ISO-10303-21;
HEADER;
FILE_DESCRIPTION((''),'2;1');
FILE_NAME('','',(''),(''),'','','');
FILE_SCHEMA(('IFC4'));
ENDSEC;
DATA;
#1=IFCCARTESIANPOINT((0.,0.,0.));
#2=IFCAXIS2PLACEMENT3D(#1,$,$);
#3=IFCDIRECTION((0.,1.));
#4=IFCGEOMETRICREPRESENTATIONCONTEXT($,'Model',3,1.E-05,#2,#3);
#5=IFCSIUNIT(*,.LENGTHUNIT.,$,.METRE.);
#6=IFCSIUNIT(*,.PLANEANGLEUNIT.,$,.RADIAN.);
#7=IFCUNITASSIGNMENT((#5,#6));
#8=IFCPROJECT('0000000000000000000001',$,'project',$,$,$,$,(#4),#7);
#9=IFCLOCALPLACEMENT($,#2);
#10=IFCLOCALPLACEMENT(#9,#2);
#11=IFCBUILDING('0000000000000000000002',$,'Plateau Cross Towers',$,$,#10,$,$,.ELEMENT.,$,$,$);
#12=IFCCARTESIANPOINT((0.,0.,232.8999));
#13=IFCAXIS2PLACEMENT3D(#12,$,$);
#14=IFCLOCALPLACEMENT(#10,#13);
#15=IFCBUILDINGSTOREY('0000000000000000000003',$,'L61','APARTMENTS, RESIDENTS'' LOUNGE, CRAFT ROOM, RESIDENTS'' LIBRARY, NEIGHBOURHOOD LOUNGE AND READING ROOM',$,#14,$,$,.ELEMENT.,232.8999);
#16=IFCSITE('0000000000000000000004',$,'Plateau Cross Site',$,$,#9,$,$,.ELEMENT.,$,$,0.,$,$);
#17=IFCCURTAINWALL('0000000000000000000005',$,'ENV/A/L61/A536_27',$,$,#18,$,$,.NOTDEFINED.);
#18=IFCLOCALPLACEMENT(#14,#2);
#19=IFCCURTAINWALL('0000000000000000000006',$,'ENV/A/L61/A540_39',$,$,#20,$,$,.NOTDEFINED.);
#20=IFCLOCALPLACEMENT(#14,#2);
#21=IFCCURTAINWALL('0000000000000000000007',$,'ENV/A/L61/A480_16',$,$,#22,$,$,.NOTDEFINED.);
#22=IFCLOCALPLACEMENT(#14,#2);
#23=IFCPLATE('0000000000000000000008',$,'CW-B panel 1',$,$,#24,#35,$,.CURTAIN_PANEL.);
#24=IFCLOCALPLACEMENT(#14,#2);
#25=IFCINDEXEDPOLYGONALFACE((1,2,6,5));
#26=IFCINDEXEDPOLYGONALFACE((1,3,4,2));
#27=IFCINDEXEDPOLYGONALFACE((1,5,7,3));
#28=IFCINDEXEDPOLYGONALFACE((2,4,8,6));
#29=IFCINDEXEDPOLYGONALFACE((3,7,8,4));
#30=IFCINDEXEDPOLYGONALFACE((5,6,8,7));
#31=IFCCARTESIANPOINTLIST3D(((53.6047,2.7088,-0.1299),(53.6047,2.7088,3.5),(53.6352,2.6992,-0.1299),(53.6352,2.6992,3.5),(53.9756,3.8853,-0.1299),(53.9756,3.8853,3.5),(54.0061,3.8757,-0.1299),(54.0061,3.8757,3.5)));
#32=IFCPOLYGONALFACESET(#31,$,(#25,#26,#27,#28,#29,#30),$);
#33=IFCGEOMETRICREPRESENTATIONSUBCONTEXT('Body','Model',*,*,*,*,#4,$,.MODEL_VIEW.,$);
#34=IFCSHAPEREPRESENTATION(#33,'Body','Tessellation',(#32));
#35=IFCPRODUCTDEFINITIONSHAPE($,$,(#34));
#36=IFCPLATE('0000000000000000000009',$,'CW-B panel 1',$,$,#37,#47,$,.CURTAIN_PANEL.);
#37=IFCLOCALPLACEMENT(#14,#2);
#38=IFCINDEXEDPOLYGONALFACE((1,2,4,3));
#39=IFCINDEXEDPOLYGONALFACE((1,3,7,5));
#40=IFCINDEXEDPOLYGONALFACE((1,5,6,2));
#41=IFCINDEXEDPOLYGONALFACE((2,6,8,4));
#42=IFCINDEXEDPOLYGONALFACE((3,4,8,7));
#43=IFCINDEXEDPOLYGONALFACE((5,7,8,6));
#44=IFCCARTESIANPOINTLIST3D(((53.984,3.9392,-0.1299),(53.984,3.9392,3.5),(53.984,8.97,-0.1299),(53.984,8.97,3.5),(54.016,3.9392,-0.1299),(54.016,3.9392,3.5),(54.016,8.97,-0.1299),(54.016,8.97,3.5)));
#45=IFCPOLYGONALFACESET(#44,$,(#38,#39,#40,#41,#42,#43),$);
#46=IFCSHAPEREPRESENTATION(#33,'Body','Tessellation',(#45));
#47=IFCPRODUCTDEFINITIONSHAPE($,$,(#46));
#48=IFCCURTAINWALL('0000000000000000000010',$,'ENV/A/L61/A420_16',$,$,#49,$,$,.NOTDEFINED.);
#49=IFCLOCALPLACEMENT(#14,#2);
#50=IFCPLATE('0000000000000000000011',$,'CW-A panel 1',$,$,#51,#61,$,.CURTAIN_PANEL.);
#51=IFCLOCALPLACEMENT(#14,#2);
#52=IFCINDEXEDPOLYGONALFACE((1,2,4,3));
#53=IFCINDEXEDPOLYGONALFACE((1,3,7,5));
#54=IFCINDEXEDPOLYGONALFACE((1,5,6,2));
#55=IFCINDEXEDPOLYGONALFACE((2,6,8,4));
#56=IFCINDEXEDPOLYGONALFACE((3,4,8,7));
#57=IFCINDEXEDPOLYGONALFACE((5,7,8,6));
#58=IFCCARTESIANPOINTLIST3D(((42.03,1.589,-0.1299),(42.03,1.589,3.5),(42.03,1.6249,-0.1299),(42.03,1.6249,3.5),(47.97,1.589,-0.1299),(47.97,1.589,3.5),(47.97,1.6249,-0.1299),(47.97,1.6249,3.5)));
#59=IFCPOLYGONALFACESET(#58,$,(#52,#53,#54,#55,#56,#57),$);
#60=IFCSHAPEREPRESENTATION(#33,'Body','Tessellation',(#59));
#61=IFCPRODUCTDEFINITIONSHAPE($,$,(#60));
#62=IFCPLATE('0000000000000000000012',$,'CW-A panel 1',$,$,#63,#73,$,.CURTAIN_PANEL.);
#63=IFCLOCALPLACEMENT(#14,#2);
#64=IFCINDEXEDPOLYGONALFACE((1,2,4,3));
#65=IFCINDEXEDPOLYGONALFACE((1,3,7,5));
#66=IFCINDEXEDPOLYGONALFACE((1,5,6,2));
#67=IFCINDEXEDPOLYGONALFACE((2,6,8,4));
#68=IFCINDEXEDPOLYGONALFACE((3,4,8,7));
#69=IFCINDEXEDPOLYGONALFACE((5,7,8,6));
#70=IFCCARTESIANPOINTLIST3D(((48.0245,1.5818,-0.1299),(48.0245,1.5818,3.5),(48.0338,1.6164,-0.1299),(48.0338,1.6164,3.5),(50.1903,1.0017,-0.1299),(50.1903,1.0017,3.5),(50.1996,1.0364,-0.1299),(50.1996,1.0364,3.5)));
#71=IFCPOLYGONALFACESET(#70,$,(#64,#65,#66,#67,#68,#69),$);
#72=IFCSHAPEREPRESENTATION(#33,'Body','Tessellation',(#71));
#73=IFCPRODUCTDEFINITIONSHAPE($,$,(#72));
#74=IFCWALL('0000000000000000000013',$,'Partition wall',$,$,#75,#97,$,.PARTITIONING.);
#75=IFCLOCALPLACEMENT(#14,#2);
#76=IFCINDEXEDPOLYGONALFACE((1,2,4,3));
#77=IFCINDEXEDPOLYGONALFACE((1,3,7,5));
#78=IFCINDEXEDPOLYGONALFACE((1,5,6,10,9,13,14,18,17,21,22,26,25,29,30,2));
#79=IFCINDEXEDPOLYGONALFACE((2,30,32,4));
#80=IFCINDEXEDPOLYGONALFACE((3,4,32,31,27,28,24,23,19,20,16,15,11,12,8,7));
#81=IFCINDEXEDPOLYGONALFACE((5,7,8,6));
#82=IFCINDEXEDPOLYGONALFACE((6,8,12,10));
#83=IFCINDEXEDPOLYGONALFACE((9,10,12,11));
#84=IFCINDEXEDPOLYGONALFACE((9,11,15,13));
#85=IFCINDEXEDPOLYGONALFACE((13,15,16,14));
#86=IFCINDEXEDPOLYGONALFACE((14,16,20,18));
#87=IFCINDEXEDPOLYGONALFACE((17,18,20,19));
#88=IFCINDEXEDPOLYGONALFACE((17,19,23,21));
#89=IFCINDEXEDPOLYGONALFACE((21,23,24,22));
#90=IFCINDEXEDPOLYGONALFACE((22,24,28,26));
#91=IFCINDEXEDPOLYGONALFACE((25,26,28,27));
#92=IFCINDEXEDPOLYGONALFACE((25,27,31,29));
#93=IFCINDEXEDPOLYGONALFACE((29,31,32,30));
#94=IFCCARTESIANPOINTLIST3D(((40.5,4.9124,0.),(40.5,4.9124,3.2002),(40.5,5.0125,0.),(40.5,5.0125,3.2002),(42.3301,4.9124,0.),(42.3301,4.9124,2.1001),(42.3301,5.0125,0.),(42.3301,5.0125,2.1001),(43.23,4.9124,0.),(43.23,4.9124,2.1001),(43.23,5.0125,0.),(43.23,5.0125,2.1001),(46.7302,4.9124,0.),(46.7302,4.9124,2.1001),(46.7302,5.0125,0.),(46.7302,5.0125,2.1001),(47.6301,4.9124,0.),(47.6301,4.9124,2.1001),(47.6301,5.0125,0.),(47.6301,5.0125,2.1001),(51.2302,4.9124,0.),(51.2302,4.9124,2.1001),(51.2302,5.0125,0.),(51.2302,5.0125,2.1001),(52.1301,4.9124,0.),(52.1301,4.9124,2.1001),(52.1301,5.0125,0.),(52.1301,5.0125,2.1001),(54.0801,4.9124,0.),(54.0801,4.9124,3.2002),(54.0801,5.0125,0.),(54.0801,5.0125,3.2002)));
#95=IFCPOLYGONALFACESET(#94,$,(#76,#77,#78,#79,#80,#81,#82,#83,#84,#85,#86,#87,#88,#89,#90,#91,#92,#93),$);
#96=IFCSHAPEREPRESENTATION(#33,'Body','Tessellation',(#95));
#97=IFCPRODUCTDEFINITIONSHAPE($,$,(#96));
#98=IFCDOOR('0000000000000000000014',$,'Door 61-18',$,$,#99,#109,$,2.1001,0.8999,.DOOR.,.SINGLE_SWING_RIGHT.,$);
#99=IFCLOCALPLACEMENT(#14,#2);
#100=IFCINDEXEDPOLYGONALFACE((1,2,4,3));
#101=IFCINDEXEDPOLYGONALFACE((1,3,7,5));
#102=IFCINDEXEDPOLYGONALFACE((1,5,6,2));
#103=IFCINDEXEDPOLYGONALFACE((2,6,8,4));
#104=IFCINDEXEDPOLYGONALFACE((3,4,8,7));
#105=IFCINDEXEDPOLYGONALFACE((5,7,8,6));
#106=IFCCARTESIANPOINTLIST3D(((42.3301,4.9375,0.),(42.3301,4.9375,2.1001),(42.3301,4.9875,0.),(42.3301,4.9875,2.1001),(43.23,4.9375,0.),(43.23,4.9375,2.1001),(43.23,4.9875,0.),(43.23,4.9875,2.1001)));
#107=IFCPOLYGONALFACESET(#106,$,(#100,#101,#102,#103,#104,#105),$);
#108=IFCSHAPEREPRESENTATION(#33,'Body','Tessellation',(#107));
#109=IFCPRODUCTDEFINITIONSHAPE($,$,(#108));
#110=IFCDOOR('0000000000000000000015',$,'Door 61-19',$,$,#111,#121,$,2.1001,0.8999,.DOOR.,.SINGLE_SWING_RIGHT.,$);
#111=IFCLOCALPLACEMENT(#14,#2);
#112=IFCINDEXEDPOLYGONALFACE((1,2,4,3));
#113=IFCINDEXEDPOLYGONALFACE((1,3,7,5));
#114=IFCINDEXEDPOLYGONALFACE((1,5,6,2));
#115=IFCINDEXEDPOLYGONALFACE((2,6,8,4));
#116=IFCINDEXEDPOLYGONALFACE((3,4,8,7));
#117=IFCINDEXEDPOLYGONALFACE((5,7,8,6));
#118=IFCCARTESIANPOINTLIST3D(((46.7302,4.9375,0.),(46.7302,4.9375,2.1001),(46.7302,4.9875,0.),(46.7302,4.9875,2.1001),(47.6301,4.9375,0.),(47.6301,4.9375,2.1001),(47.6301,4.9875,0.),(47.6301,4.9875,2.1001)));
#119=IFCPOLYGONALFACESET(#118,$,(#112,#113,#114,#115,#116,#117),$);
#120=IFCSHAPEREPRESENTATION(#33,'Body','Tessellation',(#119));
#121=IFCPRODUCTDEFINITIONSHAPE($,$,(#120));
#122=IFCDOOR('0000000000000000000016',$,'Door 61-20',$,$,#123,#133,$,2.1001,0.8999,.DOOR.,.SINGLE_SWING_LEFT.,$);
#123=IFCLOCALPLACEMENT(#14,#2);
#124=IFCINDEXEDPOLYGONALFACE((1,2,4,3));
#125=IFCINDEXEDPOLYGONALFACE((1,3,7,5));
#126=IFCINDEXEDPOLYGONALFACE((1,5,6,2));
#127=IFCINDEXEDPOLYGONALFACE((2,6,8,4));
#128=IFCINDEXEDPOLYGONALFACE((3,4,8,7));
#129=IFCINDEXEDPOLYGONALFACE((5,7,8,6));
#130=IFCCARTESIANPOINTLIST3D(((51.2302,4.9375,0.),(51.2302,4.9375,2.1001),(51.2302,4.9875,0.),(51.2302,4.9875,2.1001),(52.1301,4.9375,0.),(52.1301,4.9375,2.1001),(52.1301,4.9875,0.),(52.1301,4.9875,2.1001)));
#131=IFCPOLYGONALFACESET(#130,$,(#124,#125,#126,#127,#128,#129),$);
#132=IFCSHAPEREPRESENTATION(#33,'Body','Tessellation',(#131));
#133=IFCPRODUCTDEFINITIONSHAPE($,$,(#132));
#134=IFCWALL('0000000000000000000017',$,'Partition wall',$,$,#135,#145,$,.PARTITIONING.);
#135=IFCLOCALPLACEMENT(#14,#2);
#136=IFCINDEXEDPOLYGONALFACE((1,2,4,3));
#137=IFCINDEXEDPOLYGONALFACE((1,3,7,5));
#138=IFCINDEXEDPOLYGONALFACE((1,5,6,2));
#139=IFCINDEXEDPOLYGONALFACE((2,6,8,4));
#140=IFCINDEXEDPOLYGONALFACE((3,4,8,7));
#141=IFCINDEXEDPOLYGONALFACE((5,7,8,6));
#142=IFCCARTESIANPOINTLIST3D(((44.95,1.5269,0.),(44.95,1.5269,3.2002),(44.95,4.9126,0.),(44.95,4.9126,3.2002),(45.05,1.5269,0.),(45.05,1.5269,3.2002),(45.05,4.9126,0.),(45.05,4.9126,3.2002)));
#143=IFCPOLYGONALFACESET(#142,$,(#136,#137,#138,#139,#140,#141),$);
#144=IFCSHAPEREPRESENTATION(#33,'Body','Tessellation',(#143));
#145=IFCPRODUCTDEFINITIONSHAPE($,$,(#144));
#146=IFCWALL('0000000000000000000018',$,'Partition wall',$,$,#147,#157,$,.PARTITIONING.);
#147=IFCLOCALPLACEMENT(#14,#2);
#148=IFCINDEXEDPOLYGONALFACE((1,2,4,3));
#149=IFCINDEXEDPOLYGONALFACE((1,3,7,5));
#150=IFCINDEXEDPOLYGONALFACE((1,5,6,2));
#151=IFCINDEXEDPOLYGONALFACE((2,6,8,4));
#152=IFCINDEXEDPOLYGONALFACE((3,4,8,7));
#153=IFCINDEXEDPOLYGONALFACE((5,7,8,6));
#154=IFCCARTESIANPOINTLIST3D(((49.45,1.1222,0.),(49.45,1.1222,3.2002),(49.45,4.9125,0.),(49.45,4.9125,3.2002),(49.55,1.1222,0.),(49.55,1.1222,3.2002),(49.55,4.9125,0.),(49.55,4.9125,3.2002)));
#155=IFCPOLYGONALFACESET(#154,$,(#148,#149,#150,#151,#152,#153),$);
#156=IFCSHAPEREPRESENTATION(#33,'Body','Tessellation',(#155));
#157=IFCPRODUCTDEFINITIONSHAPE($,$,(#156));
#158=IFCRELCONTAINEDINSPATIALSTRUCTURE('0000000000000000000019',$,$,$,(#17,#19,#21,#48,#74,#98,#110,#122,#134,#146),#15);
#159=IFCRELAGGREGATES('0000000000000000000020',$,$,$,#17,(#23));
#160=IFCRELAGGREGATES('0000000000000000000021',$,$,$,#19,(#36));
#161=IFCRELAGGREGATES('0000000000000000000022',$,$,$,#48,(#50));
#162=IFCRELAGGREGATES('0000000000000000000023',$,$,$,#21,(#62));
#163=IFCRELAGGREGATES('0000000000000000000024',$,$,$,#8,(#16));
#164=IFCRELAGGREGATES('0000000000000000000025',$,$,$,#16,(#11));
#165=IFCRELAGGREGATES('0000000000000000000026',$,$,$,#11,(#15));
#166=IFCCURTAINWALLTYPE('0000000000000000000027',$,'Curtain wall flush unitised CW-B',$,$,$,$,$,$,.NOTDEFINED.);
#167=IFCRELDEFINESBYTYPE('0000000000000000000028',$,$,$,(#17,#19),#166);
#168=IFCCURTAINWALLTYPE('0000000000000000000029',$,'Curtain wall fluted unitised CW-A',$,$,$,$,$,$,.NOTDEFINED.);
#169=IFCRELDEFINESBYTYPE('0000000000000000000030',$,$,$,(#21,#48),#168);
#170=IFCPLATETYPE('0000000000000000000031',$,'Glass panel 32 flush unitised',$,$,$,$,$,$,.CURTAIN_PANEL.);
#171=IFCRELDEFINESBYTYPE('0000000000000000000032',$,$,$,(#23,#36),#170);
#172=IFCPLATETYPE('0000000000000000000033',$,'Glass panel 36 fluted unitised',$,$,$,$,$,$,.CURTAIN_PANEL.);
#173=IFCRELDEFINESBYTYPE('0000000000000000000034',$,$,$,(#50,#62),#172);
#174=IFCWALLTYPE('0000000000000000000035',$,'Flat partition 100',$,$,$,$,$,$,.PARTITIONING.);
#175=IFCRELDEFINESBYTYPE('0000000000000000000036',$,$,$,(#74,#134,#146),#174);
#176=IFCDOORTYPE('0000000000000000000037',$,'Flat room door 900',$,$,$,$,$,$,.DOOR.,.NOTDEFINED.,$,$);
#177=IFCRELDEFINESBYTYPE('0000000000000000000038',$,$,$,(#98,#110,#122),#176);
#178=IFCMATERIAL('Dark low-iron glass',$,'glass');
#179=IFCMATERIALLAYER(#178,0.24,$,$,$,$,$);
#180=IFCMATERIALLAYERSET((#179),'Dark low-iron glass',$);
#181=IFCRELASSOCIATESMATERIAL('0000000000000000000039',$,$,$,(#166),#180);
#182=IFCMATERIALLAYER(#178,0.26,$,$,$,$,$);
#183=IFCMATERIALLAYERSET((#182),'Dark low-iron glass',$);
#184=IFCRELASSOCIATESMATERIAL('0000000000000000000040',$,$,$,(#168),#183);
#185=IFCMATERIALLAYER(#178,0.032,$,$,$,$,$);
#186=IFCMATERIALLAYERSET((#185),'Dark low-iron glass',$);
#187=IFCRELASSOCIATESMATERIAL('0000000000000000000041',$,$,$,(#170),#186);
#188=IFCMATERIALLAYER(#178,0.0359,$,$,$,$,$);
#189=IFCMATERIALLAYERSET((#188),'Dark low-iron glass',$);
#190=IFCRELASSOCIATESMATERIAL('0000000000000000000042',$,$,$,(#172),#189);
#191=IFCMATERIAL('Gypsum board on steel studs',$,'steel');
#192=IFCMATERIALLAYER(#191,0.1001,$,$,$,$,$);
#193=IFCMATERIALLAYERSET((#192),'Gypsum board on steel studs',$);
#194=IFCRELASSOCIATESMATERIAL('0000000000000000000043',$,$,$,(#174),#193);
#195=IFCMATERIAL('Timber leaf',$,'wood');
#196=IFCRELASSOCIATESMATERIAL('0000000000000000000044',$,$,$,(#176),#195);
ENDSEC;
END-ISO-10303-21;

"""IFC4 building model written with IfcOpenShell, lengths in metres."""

from ifc_helpers import new_model, si_unit, direction, frame, frame_2d, origin, origin_2d, place, context, subcontext, project, spatial, rectangle, extrude, material, layer, layer_set, type_object, element, fill, aggregate, save


model = new_model("IFC4")

# Units and contexts
model_context = context("Model", 3, precision=1e-05, world=origin(), true_north=direction((0.0, 1.0)))
body_context = subcontext(model_context, "Body", "Model", "MODEL_VIEW")
ifc_project = project(units=[si_unit("LENGTHUNIT", "METRE"), si_unit("PLANEANGLEUNIT", "RADIAN")], contexts=[model_context])

# Site, building, storey
site_placement = place(None, origin())
site = spatial("IfcSite", under=ifc_project, at=site_placement, Name="Plateau Cross Site", CompositionType="ELEMENT", RefElevation=0.0)
building_placement = place(site_placement, origin())
building = spatial("IfcBuilding", under=site, at=building_placement, Name="Plateau Cross Towers", CompositionType="ELEMENT")
storey_placement = place(building_placement, frame((0.0, 0.0, 232.8999)))
storey = spatial("IfcBuildingStorey", under=building, at=storey_placement, Name="L61", Description="APARTMENTS, RESIDENTS' LOUNGE, CRAFT ROOM, RESIDENTS' LIBRARY, NEIGHBOURHOOD LOUNGE AND READING ROOM", CompositionType="ELEMENT", Elevation=232.8999)

# Shared definitions
ifc_material_1 = material(Name="Dark low-iron glass", Category="glass")
ifc_layer_1 = layer(ifc_material_1, 0.24)
ifc_layer_set_1 = layer_set([ifc_layer_1], Name="Dark low-iron glass")
curtain_wall_type_1 = type_object("IfcCurtainWallType", Name="Curtain wall flush unitised CW-B", PredefinedType="NOTDEFINED", material=ifc_layer_set_1)

# Curtain walls
curtain_wall_1_placement = place(storey_placement, origin())
curtain_wall_1 = element("IfcCurtainWall", 1, at=curtain_wall_1_placement, inside=storey, type_object=curtain_wall_type_1, Name="ENV/A/L61/A536_27", PredefinedType="NOTDEFINED")
curtain_wall_2_placement = place(storey_placement, origin())
curtain_wall_2 = element("IfcCurtainWall", 2, at=curtain_wall_2_placement, inside=storey, type_object=curtain_wall_type_1, Name="ENV/A/L61/A540_39", PredefinedType="NOTDEFINED")
ifc_layer_2 = layer(ifc_material_1, 0.26)
ifc_layer_set_2 = layer_set([ifc_layer_2], Name="Dark low-iron glass")
curtain_wall_type_2 = type_object("IfcCurtainWallType", Name="Curtain wall fluted unitised CW-A", PredefinedType="NOTDEFINED", material=ifc_layer_set_2)
curtain_wall_3_placement = place(storey_placement, origin())
curtain_wall_3 = element("IfcCurtainWall", 3, at=curtain_wall_3_placement, inside=storey, type_object=curtain_wall_type_2, Name="ENV/A/L61/A480_16", PredefinedType="NOTDEFINED")

# Plates
ifc_layer_3 = layer(ifc_material_1, 0.032)
ifc_layer_set_3 = layer_set([ifc_layer_3], Name="Dark low-iron glass")
plate_type_1 = type_object("IfcPlateType", Name="Glass panel 32 flush unitised", PredefinedType="CURTAIN_PANEL", material=ifc_layer_set_3)
plate_1_placement = place(storey_placement, frame((53.8054, 3.2922, -0.1299), z_axis=(0.0, 0.0, 1.0), x_axis=(0.300686, 0.953723, 0.0)))
plate_1 = element("IfcPlate", 4, at=plate_1_placement, type_object=plate_type_1, Name="CW-B panel 1", PredefinedType="CURTAIN_PANEL", context=body_context, shape_type="SweptSolid", body=[
    extrude(rectangle(XDim=1.2336, YDim=0.032, at=origin_2d()), origin(), (0.0, 0.0, 1.0), 3.6299),
])
aggregate(curtain_wall_1, [plate_1])
plate_2_placement = place(storey_placement, frame((54.0, 6.4546, -0.1299), z_axis=(0.0, 0.0, 1.0), x_axis=(0.0, 1.0, 0.0)))
plate_2 = element("IfcPlate", 5, at=plate_2_placement, type_object=plate_type_1, Name="CW-B panel 1", PredefinedType="CURTAIN_PANEL", context=body_context, shape_type="SweptSolid", body=[
    extrude(rectangle(XDim=5.0308, YDim=0.032, at=origin_2d()), origin(), (0.0, 0.0, 1.0), 3.6299),
])
aggregate(curtain_wall_2, [plate_2])

# Curtain wall, plate
curtain_wall_4_placement = place(storey_placement, origin())
curtain_wall_4 = element("IfcCurtainWall", 6, at=curtain_wall_4_placement, inside=storey, type_object=curtain_wall_type_2, Name="ENV/A/L61/A420_16", PredefinedType="NOTDEFINED")
ifc_layer_4 = layer(ifc_material_1, 0.0359)
ifc_layer_set_4 = layer_set([ifc_layer_4], Name="Dark low-iron glass")
plate_type_2 = type_object("IfcPlateType", Name="Glass panel 36 fluted unitised", PredefinedType="CURTAIN_PANEL", material=ifc_layer_set_4)
plate_3_placement = place(storey_placement, frame((45.0, 1.6069, -0.1299), z_axis=(0.0, 0.0, 1.0), x_axis=(1.0, 0.0, 0.0)))
plate_3 = element("IfcPlate", 7, at=plate_3_placement, type_object=plate_type_2, Name="CW-A panel 1", PredefinedType="CURTAIN_PANEL", context=body_context, shape_type="SweptSolid", body=[
    extrude(rectangle(XDim=5.9399, YDim=0.0359, at=origin_2d()), origin(), (0.0, 0.0, 1.0), 3.6299),
])
aggregate(curtain_wall_4, [plate_3])

# Plate
plate_4_placement = place(storey_placement, frame((49.1121, 1.3091, -0.1299), z_axis=(0.0, 0.0, 1.0), x_axis=(0.965958, -0.258699, 0.0)))
plate_4 = element("IfcPlate", 8, at=plate_4_placement, type_object=plate_type_2, Name="CW-A panel 1", PredefinedType="CURTAIN_PANEL", context=body_context, shape_type="SweptSolid", body=[
    extrude(rectangle(XDim=2.2422, YDim=0.0359, at=origin_2d()), origin(), (0.0, 0.0, 1.0), 3.6299),
])
aggregate(curtain_wall_3, [plate_4])

# Wall, openings, doors
ifc_material_2 = material(Name="Gypsum board on steel studs", Category="steel")
ifc_layer_5 = layer(ifc_material_2, 0.1001)
ifc_layer_set_5 = layer_set([ifc_layer_5], Name="Gypsum board on steel studs")
wall_type_1 = type_object("IfcWallType", Name="Flat partition 100", PredefinedType="PARTITIONING", material=ifc_layer_set_5)
wall_1_placement = place(storey_placement, frame((54.0801, 4.9624, 0.0), z_axis=(0.0, 0.0, 1.0), x_axis=(-1.0, 0.0, 0.0)))
wall_1 = element("IfcWall", 9, at=wall_1_placement, inside=storey, type_object=wall_type_1, Name="Partition wall", PredefinedType="PARTITIONING", context=body_context, shape_type="SweptSolid", body=[
    extrude(rectangle(XDim=13.5801, YDim=0.1001, at=frame_2d((6.79, 0.0))), origin(), (0.0, 0.0, 1.0), 3.2002),
])
opening_1_placement = place(wall_1_placement, frame((10.8501, 0.0, 0.0)))
opening_1 = element("IfcOpeningElement", 10, at=opening_1_placement, cuts=wall_1, PredefinedType="OPENING", context=body_context, shape_type="SweptSolid", body=[
    extrude(rectangle(XDim=0.8999, YDim=2.1001, at=frame_2d((0.45, 1.05))), frame((0.0, 0.0601, 0.0), z_axis=(0.0, -1.0, 0.0), x_axis=(1.0, 0.0, 0.0)), (0.0, 0.0, 1.0), 0.1201),
])
opening_2_placement = place(wall_1_placement, frame((6.45, 0.0, 0.0)))
opening_2 = element("IfcOpeningElement", 11, at=opening_2_placement, cuts=wall_1, PredefinedType="OPENING", context=body_context, shape_type="SweptSolid", body=[
    extrude(rectangle(XDim=0.8999, YDim=2.1001, at=frame_2d((0.45, 1.05))), frame((0.0, 0.0601, 0.0), z_axis=(0.0, -1.0, 0.0), x_axis=(1.0, 0.0, 0.0)), (0.0, 0.0, 1.0), 0.1201),
])
opening_3_placement = place(wall_1_placement, frame((1.95, 0.0, 0.0)))
opening_3 = element("IfcOpeningElement", 12, at=opening_3_placement, cuts=wall_1, PredefinedType="OPENING", context=body_context, shape_type="SweptSolid", body=[
    extrude(rectangle(XDim=0.8999, YDim=2.1001, at=frame_2d((0.45, 1.05))), frame((0.0, 0.0601, 0.0), z_axis=(0.0, -1.0, 0.0), x_axis=(1.0, 0.0, 0.0)), (0.0, 0.0, 1.0), 0.1201),
])
ifc_material_3 = material(Name="Timber leaf", Category="wood")
door_type_1 = type_object("IfcDoorType", Name="Flat room door 900", OperationType="NOTDEFINED", PredefinedType="DOOR", material=ifc_material_3)
door_1_placement = place(opening_1_placement, origin())
door_1 = element("IfcDoor", 13, at=door_1_placement, inside=storey, type_object=door_type_1, Name="Door 61-18", OperationType="SINGLE_SWING_RIGHT", OverallHeight=2.1001, OverallWidth=0.8999, PredefinedType="DOOR", context=body_context, shape_type="SweptSolid", body=[
    extrude(rectangle(XDim=0.8999, YDim=2.1001, at=frame_2d((0.45, 1.05))), frame((0.0, 0.0249, 0.0), z_axis=(0.0, -1.0, 0.0), x_axis=(1.0, 0.0, 0.0)), (0.0, 0.0, 1.0), 0.05),
])
fill(opening_1, door_1)
door_2_placement = place(opening_2_placement, origin())
door_2 = element("IfcDoor", 14, at=door_2_placement, inside=storey, type_object=door_type_1, Name="Door 61-19", OperationType="SINGLE_SWING_RIGHT", OverallHeight=2.1001, OverallWidth=0.8999, PredefinedType="DOOR", context=body_context, shape_type="SweptSolid", body=[
    extrude(rectangle(XDim=0.8999, YDim=2.1001, at=frame_2d((0.45, 1.05))), frame((0.0, 0.0249, 0.0), z_axis=(0.0, -1.0, 0.0), x_axis=(1.0, 0.0, 0.0)), (0.0, 0.0, 1.0), 0.05),
])
fill(opening_2, door_2)
door_3_placement = place(opening_3_placement, origin())
door_3 = element("IfcDoor", 15, at=door_3_placement, inside=storey, type_object=door_type_1, Name="Door 61-20", OperationType="SINGLE_SWING_LEFT", OverallHeight=2.1001, OverallWidth=0.8999, PredefinedType="DOOR", context=body_context, shape_type="SweptSolid", body=[
    extrude(rectangle(XDim=0.8999, YDim=2.1001, at=frame_2d((0.45, 1.05))), frame((0.0, 0.0249, 0.0), z_axis=(0.0, -1.0, 0.0), x_axis=(1.0, 0.0, 0.0)), (0.0, 0.0, 1.0), 0.05),
])
fill(opening_3, door_3)

# Walls
wall_2_placement = place(storey_placement, frame((45.0, 1.5269, 0.0), z_axis=(0.0, 0.0, 1.0), x_axis=(0.0, 1.0, 0.0)))
element("IfcWall", 16, at=wall_2_placement, inside=storey, type_object=wall_type_1, Name="Partition wall", PredefinedType="PARTITIONING", context=body_context, shape_type="SweptSolid", body=[
    extrude(rectangle(XDim=3.3857, YDim=0.1001, at=frame_2d((1.6929, 0.0))), origin(), (0.0, 0.0, 1.0), 3.2002),
])
wall_3_placement = place(storey_placement, frame((49.5, 1.1223, 0.0), z_axis=(0.0, 0.0, 1.0), x_axis=(0.0, 1.0, 0.0)))
element("IfcWall", 17, at=wall_3_placement, inside=storey, type_object=wall_type_1, Name="Partition wall", PredefinedType="PARTITIONING", context=body_context, shape_type="SweptSolid", body=[
    extrude(rectangle(XDim=3.7903, YDim=0.1001, at=frame_2d((1.895, 0.0))), origin(), (0.0, 0.0, 1.0), 3.2002),
])

save(model, "model.ifc")
